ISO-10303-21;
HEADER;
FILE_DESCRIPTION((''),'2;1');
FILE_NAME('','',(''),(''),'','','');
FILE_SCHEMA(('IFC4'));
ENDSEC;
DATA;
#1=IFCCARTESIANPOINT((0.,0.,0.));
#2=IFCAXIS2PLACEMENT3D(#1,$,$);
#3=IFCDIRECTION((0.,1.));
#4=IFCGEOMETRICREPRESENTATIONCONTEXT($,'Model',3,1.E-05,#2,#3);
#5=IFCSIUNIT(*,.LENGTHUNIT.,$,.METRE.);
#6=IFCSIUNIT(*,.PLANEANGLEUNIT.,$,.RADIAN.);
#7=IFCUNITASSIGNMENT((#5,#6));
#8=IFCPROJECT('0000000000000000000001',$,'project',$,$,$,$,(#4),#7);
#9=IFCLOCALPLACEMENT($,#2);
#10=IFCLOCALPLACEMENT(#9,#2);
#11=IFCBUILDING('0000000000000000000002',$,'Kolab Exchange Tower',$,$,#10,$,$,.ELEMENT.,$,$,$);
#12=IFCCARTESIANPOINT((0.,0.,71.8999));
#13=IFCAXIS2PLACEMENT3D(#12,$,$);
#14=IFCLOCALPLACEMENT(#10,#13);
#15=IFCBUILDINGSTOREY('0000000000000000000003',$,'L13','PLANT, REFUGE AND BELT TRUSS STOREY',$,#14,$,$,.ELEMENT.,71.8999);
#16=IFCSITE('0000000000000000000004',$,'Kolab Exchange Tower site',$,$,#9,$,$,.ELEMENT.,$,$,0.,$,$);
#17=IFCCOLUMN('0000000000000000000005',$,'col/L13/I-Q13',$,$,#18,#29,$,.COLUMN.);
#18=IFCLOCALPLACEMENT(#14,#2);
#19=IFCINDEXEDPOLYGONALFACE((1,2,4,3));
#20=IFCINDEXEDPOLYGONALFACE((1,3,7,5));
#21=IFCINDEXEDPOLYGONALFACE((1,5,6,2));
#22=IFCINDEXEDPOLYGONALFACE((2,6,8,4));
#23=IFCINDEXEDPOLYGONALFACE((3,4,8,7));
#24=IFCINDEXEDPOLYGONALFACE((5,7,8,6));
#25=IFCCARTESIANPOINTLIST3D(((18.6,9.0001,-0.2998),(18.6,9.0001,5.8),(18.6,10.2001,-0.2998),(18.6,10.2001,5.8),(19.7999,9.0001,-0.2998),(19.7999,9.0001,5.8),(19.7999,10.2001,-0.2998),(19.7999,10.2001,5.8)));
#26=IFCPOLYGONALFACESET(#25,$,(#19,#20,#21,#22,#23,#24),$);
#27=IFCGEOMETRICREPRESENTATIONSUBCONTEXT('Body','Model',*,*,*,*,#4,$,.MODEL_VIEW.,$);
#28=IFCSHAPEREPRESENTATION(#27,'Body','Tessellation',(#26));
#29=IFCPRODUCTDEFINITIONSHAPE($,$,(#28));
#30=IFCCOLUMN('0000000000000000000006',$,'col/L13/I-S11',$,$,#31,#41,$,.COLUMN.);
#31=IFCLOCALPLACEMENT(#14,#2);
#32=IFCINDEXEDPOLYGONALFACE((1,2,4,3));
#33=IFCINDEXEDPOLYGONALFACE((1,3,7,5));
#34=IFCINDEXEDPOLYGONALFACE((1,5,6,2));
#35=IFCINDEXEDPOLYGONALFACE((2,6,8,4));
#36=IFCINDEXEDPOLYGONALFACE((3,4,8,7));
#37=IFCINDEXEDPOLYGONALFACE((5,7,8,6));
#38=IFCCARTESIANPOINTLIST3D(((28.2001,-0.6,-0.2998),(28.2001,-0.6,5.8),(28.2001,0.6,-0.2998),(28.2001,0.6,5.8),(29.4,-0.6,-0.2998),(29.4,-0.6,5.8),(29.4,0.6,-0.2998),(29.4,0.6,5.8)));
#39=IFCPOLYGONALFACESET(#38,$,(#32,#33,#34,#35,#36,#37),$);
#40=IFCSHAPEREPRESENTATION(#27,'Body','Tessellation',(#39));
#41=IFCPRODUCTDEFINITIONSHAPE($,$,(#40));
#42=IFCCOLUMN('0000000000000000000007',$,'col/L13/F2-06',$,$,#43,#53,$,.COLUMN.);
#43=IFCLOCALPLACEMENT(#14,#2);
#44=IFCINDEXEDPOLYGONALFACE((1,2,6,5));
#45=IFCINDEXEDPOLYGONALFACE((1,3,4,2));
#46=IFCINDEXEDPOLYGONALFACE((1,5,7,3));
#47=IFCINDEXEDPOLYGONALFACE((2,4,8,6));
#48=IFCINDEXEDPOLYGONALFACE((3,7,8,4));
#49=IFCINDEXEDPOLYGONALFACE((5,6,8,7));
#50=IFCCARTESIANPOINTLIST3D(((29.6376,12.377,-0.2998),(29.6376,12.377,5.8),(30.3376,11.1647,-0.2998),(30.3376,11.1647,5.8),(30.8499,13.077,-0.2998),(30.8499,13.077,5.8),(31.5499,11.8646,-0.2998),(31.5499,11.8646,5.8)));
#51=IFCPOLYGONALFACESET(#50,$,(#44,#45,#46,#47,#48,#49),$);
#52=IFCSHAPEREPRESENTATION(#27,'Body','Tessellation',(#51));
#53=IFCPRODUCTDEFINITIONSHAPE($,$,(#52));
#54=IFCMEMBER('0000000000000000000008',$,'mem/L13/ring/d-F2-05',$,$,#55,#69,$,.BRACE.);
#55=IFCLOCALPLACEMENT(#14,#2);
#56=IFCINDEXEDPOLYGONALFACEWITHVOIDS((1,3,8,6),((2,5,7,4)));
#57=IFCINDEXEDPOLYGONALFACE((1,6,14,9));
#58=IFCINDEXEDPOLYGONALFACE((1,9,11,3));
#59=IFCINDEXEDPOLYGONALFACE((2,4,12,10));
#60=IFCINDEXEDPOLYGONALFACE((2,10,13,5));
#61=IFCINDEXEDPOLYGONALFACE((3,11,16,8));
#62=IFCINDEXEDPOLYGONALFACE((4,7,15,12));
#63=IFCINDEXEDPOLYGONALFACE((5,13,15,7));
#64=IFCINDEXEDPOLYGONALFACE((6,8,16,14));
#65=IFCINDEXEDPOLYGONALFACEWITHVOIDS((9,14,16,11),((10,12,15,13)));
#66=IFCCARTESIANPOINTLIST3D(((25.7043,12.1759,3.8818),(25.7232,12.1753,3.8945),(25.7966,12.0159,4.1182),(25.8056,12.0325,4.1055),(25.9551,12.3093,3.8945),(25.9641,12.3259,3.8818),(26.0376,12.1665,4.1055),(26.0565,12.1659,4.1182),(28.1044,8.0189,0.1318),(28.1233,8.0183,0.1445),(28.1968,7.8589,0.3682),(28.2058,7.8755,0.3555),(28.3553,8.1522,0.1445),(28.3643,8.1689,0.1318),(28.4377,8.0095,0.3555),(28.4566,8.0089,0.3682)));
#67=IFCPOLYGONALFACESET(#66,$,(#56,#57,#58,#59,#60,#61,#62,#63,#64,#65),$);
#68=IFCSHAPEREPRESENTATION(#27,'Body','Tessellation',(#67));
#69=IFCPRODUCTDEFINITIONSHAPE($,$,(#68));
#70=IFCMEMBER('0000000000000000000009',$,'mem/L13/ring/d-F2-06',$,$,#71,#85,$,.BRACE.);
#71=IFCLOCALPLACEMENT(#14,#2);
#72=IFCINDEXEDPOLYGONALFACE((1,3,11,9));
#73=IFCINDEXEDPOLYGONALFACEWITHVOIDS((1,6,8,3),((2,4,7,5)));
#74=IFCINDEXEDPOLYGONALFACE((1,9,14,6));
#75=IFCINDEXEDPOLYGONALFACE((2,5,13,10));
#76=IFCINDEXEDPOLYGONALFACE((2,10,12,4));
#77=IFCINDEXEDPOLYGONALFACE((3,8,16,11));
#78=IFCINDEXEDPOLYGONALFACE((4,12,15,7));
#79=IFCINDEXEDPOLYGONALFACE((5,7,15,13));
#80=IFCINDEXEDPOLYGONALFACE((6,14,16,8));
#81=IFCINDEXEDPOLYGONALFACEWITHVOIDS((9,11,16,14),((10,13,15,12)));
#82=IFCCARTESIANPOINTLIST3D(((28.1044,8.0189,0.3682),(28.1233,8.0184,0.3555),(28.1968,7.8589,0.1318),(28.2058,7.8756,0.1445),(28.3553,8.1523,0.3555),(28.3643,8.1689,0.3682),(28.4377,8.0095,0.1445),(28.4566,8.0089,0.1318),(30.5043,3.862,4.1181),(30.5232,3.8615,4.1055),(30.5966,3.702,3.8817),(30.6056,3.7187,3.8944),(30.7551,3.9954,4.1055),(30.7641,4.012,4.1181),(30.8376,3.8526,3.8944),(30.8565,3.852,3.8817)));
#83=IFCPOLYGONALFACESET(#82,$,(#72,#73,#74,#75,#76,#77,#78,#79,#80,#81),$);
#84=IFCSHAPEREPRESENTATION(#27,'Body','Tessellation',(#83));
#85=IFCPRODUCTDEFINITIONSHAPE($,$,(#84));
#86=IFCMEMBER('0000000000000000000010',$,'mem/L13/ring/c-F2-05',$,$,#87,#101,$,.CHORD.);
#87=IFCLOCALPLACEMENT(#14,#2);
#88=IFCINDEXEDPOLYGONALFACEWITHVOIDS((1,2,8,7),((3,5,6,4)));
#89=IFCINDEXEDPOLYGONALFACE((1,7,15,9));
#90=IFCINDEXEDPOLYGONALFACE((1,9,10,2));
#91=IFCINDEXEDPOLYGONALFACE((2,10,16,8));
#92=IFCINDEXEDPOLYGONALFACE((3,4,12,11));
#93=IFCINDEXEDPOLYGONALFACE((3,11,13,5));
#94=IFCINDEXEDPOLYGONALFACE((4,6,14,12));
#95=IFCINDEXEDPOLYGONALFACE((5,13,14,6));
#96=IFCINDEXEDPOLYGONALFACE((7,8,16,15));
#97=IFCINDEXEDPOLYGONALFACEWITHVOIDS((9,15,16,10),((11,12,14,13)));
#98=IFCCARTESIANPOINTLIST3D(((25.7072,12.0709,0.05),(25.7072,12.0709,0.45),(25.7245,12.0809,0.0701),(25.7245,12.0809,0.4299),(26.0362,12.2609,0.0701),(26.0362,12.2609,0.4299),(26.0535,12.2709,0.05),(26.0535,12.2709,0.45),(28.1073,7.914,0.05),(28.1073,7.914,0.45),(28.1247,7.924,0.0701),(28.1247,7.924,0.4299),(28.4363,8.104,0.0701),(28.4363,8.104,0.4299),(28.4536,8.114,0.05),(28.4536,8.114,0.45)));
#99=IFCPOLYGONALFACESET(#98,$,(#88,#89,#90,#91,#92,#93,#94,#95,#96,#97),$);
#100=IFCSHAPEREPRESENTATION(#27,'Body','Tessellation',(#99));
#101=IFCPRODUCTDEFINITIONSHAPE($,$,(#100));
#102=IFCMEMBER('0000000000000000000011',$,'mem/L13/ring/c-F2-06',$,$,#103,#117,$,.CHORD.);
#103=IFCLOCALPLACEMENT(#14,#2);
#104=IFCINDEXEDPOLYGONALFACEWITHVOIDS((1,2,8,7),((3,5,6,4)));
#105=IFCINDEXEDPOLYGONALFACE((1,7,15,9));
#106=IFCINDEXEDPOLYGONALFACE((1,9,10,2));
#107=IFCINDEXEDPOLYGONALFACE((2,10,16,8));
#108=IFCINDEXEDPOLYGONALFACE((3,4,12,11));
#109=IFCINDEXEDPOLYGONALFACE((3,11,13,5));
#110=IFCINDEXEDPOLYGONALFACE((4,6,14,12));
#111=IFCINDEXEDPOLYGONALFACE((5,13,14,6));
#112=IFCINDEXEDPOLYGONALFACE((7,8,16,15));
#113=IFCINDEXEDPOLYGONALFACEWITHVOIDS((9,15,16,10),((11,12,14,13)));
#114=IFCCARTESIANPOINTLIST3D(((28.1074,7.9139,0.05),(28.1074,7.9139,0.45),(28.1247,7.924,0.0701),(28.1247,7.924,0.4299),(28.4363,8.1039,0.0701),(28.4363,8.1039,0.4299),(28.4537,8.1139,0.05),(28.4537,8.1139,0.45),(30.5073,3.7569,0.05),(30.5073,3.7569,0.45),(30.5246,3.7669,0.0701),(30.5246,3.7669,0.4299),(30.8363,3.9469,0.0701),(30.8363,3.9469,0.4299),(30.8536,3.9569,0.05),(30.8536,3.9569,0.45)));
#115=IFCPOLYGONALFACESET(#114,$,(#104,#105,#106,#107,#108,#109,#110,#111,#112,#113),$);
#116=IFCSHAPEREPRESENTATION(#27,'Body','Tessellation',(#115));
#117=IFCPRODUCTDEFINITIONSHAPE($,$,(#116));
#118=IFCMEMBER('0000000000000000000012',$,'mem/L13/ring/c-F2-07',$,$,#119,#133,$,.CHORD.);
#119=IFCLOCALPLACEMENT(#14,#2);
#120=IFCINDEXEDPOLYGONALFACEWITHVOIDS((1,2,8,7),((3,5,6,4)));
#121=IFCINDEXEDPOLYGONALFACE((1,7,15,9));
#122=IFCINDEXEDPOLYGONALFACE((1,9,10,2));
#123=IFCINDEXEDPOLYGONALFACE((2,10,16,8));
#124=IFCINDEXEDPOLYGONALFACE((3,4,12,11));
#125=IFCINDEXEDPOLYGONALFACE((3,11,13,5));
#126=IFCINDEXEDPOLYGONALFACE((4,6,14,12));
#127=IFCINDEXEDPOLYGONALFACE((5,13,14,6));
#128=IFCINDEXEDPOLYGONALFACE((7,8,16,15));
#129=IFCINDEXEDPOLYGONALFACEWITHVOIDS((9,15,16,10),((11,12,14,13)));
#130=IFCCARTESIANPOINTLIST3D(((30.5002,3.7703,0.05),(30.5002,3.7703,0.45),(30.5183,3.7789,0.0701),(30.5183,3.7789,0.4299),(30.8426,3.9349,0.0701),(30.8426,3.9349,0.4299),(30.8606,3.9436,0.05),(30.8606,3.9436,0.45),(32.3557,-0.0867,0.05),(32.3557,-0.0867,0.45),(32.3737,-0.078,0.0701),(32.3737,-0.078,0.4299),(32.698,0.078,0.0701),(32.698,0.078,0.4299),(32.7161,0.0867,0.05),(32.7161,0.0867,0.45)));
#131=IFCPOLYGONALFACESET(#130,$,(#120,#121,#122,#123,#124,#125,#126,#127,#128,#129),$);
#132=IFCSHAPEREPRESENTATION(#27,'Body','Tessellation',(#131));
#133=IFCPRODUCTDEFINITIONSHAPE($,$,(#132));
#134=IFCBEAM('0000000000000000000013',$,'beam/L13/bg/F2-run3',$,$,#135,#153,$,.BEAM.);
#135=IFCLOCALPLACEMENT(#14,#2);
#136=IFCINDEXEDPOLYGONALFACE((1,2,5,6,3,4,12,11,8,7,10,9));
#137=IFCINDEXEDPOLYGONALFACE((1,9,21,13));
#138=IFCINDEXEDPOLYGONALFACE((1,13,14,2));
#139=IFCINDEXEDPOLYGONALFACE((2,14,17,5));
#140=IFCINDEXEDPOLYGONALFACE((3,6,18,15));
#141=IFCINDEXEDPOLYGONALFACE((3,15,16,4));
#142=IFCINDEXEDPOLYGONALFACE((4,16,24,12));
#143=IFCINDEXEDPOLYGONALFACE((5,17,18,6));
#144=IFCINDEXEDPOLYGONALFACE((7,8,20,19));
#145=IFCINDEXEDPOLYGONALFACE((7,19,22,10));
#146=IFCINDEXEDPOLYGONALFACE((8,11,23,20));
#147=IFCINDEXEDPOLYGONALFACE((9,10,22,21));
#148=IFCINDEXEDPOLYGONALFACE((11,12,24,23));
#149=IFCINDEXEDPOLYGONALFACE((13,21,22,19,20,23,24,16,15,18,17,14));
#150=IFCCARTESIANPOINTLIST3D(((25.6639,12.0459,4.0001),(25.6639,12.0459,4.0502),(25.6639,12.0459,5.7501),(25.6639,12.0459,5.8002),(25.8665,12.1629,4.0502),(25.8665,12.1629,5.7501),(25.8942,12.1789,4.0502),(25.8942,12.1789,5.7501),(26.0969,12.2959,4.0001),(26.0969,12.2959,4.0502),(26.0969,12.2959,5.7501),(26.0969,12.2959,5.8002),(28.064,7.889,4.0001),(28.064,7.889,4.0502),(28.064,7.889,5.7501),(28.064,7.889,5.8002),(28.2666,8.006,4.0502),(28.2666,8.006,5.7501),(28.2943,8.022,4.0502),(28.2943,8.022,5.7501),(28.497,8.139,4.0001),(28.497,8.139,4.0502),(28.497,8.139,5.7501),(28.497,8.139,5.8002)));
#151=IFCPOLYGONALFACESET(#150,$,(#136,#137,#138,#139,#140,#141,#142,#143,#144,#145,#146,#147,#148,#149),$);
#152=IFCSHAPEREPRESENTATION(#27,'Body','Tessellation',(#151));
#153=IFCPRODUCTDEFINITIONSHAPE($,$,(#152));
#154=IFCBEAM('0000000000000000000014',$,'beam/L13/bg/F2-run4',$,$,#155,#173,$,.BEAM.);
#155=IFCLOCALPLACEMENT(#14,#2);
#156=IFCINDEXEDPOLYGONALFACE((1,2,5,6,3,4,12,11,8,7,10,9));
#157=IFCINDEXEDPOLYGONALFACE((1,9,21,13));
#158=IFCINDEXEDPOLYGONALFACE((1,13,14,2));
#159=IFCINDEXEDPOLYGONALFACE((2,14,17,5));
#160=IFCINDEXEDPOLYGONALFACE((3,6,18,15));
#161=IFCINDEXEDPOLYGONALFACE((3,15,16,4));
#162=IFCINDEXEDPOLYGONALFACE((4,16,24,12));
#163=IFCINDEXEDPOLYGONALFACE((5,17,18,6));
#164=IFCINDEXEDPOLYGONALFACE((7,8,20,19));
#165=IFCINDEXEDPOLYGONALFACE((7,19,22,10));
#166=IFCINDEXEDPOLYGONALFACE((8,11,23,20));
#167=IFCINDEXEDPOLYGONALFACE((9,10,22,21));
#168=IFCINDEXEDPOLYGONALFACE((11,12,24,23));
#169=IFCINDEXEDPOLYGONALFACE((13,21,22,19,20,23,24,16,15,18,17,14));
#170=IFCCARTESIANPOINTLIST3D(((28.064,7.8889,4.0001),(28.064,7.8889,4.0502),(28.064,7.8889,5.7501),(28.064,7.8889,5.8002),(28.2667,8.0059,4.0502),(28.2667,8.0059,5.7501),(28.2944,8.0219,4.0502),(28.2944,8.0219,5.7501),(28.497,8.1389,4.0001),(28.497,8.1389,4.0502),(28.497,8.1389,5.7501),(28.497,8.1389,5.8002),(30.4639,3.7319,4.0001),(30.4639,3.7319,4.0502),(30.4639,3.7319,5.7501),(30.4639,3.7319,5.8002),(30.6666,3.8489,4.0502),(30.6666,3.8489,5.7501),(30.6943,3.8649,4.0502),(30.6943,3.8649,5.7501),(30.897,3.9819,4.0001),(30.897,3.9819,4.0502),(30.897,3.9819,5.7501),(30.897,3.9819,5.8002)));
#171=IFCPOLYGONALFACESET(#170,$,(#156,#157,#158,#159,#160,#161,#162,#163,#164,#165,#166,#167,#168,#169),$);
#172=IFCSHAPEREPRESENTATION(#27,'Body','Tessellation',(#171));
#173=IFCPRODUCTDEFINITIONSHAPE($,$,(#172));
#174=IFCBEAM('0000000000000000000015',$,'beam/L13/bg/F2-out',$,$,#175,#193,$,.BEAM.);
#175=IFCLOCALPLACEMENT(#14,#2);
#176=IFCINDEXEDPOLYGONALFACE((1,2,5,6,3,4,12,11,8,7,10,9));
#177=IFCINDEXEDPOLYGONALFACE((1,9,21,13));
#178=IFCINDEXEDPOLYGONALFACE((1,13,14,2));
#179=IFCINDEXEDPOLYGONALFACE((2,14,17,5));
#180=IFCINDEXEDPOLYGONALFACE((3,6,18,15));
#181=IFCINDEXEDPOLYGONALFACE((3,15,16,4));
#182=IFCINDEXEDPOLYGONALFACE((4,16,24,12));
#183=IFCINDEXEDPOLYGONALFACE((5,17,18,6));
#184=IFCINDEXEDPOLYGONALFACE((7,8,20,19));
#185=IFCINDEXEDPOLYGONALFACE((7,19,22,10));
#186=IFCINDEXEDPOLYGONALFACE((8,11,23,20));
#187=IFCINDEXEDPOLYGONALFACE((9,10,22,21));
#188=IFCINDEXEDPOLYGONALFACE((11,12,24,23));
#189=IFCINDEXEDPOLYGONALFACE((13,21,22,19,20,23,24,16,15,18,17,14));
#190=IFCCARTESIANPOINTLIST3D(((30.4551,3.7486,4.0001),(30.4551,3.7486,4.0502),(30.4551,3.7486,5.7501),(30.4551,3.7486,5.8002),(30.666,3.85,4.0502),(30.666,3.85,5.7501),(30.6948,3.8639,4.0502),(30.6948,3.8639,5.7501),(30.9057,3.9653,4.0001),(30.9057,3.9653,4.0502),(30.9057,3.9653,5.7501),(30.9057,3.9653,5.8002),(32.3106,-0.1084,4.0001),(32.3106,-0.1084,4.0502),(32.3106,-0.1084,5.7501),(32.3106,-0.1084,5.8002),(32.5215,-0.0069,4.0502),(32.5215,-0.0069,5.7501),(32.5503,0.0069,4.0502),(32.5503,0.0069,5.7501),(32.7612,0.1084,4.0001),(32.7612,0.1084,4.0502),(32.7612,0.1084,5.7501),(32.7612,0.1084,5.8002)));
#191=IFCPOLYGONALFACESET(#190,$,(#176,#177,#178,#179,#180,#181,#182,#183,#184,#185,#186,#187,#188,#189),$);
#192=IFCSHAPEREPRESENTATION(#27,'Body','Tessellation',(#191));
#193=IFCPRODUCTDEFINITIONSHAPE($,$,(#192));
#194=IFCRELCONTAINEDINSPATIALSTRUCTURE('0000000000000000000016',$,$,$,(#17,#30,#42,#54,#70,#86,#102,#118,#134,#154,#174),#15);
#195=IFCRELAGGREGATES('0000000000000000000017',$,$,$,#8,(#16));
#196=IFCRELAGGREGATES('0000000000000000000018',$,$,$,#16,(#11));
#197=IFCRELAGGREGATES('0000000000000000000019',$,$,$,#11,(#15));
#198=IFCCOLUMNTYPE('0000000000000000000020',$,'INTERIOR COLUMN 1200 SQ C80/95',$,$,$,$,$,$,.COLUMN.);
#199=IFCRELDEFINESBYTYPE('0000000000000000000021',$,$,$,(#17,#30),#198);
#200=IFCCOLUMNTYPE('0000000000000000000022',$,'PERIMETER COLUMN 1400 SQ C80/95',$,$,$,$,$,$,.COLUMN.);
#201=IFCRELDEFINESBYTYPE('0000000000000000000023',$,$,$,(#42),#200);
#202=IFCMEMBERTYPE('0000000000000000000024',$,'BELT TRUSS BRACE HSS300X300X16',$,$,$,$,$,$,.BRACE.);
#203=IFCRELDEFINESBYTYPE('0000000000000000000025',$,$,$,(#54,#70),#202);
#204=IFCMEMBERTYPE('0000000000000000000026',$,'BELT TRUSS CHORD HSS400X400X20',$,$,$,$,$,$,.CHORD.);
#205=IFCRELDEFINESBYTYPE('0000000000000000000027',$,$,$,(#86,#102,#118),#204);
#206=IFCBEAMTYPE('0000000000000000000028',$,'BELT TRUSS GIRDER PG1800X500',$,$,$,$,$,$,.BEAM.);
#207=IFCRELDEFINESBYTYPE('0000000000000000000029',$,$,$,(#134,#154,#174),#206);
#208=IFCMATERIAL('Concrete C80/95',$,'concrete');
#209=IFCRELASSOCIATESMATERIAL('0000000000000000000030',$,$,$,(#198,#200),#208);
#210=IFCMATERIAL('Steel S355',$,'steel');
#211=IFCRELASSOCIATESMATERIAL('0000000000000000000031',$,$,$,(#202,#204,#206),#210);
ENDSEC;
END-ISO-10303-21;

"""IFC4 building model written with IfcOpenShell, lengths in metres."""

from ifc_helpers import new_model, si_unit, direction, frame, origin, origin_2d, place, context, subcontext, project, spatial, rectangle, hollow_rectangle, i_section, extrude, material, material_profile, profile_set, type_object, element, save


model = new_model("IFC4")

# Units and contexts
model_context = context("Model", 3, precision=1e-05, world=origin(), true_north=direction((0.0, 1.0)))
body_context = subcontext(model_context, "Body", "Model", "MODEL_VIEW")
ifc_project = project(units=[si_unit("LENGTHUNIT", "METRE"), si_unit("PLANEANGLEUNIT", "RADIAN")], contexts=[model_context])

# Site, building, storey
site_placement = place(None, origin())
site = spatial("IfcSite", under=ifc_project, at=site_placement, Name="Kolab Exchange Tower site", CompositionType="ELEMENT", RefElevation=0.0)
building_placement = place(site_placement, origin())
building = spatial("IfcBuilding", under=site, at=building_placement, Name="Kolab Exchange Tower", CompositionType="ELEMENT")
storey_placement = place(building_placement, frame((0.0, 0.0, 71.8999)))
storey = spatial("IfcBuildingStorey", under=building, at=storey_placement, Name="L13", Description="PLANT, REFUGE AND BELT TRUSS STOREY", CompositionType="ELEMENT", Elevation=71.8999)

# Columns
ifc_material_1 = material(Name="Concrete C80/95", Category="concrete")
ifc_material_profile_1 = material_profile(ifc_material_1, rectangle(XDim=1.2, YDim=1.2, at=origin_2d()), Name="RC1200")
ifc_profile_set_1 = profile_set([ifc_material_profile_1], Name="Concrete C80/95")
column_type_1 = type_object("IfcColumnType", Name="INTERIOR COLUMN 1200 SQ C80/95", PredefinedType="COLUMN", material=ifc_profile_set_1)
for number, where, z_axis, x_axis, name in (
    (1, (19.2, 9.6001, -0.2998), (0.0, 0.0, 1.0), (1.0, 0.0, 0.0), "col/L13/I-Q13"),
    (2, (28.8, 0.0, -0.2998), (0.0, 0.0, 1.0), (1.0, 0.0, 0.0), "col/L13/I-S11"),
):
    element("IfcColumn", number, at=place(storey_placement, frame(where, z_axis=z_axis, x_axis=x_axis)), inside=storey, type_object=column_type_1, Name=name, PredefinedType="COLUMN", context=body_context, shape_type="SweptSolid", body=[
        extrude(rectangle(XDim=1.2, YDim=1.2, at=origin_2d()), origin(), (0.0, 0.0, 1.0), 6.0999),
    ])
ifc_material_profile_2 = material_profile(ifc_material_1, rectangle(XDim=1.3999, YDim=1.3999, at=origin_2d()), Name="RC1400")
ifc_profile_set_2 = profile_set([ifc_material_profile_2], Name="Concrete C80/95")
column_type_2 = type_object("IfcColumnType", Name="PERIMETER COLUMN 1400 SQ C80/95", PredefinedType="COLUMN", material=ifc_profile_set_2)
column_placement = place(storey_placement, frame((30.5938, 12.1208, -0.2998), z_axis=(0.0, 0.0, 1.0), x_axis=(0.866025, 0.5, 0.0)))
element("IfcColumn", 3, at=column_placement, inside=storey, type_object=column_type_2, Name="col/L13/F2-06", PredefinedType="COLUMN", context=body_context, shape_type="SweptSolid", body=[
    extrude(rectangle(XDim=1.3999, YDim=1.3999, at=origin_2d()), origin(), (0.0, 0.0, 1.0), 6.0999),
])

# Members
ifc_material_2 = material(Name="Steel S355", Category="steel")
ifc_material_profile_3 = material_profile(ifc_material_2, hollow_rectangle(XDim=0.3, YDim=0.3, WallThickness=0.0161, at=origin_2d()), Name="HSS300X300X16")
ifc_profile_set_3 = profile_set([ifc_material_profile_3], Name="Steel S355")
member_type_1 = type_object("IfcMemberType", Name="BELT TRUSS BRACE HSS300X300X16", PredefinedType="BRACE", material=ifc_profile_set_3)
member_1_placement = place(storey_placement, frame((25.8804, 12.1709, 4.0), z_axis=(0.39403, -0.682448, -0.615634), x_axis=(0.866015, 0.500017, 0.0)))
element("IfcMember", 4, at=member_1_placement, inside=storey, type_object=member_type_1, Name="mem/L13/ring/d-F2-05", PredefinedType="BRACE", context=body_context, shape_type="SweptSolid", body=[
    extrude(hollow_rectangle(XDim=0.3, YDim=0.3, WallThickness=0.0161, at=origin_2d()), origin(), (0.0, 0.0, 1.0), 6.0913),
])
member_2_placement = place(storey_placement, frame((28.2805, 8.0139, 0.25), z_axis=(0.393996, -0.682459, 0.615644), x_axis=(0.866037, 0.499979, 0.0)))
element("IfcMember", 5, at=member_2_placement, inside=storey, type_object=member_type_1, Name="mem/L13/ring/d-F2-06", PredefinedType="BRACE", context=body_context, shape_type="SweptSolid", body=[
    extrude(hollow_rectangle(XDim=0.3, YDim=0.3, WallThickness=0.0161, at=origin_2d()), origin(), (0.0, 0.0, 1.0), 6.0911),
])
ifc_material_profile_4 = material_profile(ifc_material_2, hollow_rectangle(XDim=0.3999, YDim=0.3999, WallThickness=0.02, at=origin_2d()), Name="HSS400X400X20")
ifc_profile_set_4 = profile_set([ifc_material_profile_4], Name="Steel S355")
member_type_2 = type_object("IfcMemberType", Name="BELT TRUSS CHORD HSS400X400X20", PredefinedType="CHORD", material=ifc_profile_set_4)
for number, where, z_axis, x_axis, name in (
    (6, (25.8804, 12.1709, 0.25), (0.500017, -0.866015, 0.0), (0.866015, 0.500017, 0.0), "mem/L13/ring/c-F2-05"),
    (7, (28.2805, 8.0139, 0.25), (0.499979, -0.866037, 0.0), (0.866037, 0.499979, 0.0), "mem/L13/ring/c-F2-06"),
):
    element("IfcMember", number, at=place(storey_placement, frame(where, z_axis=z_axis, x_axis=x_axis)), inside=storey, type_object=member_type_2, Name=name, PredefinedType="CHORD", context=body_context, shape_type="SweptSolid", body=[
        extrude(hollow_rectangle(XDim=0.3999, YDim=0.3999, WallThickness=0.02, at=origin_2d()), origin(), (0.0, 0.0, 1.0), 4.8),
    ])
member_3_placement = place(storey_placement, frame((30.6804, 3.8569, 0.25), z_axis=(0.433517, -0.901145, 0.0), x_axis=(0.901145, 0.433517, 0.0)))
element("IfcMember", 8, at=member_3_placement, inside=storey, type_object=member_type_2, Name="mem/L13/ring/c-F2-07", PredefinedType="CHORD", context=body_context, shape_type="SweptSolid", body=[
    extrude(hollow_rectangle(XDim=0.3999, YDim=0.3999, WallThickness=0.02, at=origin_2d()), origin(), (0.0, 0.0, 1.0), 4.28),
])

# Beams
ifc_material_profile_5 = material_profile(ifc_material_2, i_section(OverallWidth=0.5, OverallDepth=1.8, WebThickness=0.032, FlangeThickness=0.05, at=origin_2d()), Name="PG1800X500")
ifc_profile_set_5 = profile_set([ifc_material_profile_5], Name="Steel S355")
beam_type_1 = type_object("IfcBeamType", Name="BELT TRUSS GIRDER PG1800X500", PredefinedType="BEAM", material=ifc_profile_set_5)
for number, where, z_axis, x_axis, name in (
    (9, (25.8804, 12.1709, 4.9001), (0.500017, -0.866015, 0.0), (0.866015, 0.500017, 0.0), "beam/L13/bg/F2-run3"),
    (10, (28.2805, 8.0139, 4.9001), (0.499979, -0.866037, 0.0), (0.866037, 0.499979, 0.0), "beam/L13/bg/F2-run4"),
):
    element("IfcBeam", number, at=place(storey_placement, frame(where, z_axis=z_axis, x_axis=x_axis)), inside=storey, type_object=beam_type_1, Name=name, PredefinedType="BEAM", context=body_context, shape_type="SweptSolid", body=[
        extrude(i_section(OverallWidth=0.5, OverallDepth=1.8, WebThickness=0.032, FlangeThickness=0.05, at=origin_2d()), origin(), (0.0, 0.0, 1.0), 4.8),
    ])
beam_1_placement = place(storey_placement, frame((30.6804, 3.8569, 4.9001), z_axis=(0.433517, -0.901145, 0.0), x_axis=(0.901145, 0.433517, 0.0)))
element("IfcBeam", 11, at=beam_1_placement, inside=storey, type_object=beam_type_1, Name="beam/L13/bg/F2-out", PredefinedType="BEAM", context=body_context, shape_type="SweptSolid", body=[
    extrude(i_section(OverallWidth=0.5, OverallDepth=1.8, WebThickness=0.032, FlangeThickness=0.05, at=origin_2d()), origin(), (0.0, 0.0, 1.0), 4.28),
])

save(model, "model.ifc")
